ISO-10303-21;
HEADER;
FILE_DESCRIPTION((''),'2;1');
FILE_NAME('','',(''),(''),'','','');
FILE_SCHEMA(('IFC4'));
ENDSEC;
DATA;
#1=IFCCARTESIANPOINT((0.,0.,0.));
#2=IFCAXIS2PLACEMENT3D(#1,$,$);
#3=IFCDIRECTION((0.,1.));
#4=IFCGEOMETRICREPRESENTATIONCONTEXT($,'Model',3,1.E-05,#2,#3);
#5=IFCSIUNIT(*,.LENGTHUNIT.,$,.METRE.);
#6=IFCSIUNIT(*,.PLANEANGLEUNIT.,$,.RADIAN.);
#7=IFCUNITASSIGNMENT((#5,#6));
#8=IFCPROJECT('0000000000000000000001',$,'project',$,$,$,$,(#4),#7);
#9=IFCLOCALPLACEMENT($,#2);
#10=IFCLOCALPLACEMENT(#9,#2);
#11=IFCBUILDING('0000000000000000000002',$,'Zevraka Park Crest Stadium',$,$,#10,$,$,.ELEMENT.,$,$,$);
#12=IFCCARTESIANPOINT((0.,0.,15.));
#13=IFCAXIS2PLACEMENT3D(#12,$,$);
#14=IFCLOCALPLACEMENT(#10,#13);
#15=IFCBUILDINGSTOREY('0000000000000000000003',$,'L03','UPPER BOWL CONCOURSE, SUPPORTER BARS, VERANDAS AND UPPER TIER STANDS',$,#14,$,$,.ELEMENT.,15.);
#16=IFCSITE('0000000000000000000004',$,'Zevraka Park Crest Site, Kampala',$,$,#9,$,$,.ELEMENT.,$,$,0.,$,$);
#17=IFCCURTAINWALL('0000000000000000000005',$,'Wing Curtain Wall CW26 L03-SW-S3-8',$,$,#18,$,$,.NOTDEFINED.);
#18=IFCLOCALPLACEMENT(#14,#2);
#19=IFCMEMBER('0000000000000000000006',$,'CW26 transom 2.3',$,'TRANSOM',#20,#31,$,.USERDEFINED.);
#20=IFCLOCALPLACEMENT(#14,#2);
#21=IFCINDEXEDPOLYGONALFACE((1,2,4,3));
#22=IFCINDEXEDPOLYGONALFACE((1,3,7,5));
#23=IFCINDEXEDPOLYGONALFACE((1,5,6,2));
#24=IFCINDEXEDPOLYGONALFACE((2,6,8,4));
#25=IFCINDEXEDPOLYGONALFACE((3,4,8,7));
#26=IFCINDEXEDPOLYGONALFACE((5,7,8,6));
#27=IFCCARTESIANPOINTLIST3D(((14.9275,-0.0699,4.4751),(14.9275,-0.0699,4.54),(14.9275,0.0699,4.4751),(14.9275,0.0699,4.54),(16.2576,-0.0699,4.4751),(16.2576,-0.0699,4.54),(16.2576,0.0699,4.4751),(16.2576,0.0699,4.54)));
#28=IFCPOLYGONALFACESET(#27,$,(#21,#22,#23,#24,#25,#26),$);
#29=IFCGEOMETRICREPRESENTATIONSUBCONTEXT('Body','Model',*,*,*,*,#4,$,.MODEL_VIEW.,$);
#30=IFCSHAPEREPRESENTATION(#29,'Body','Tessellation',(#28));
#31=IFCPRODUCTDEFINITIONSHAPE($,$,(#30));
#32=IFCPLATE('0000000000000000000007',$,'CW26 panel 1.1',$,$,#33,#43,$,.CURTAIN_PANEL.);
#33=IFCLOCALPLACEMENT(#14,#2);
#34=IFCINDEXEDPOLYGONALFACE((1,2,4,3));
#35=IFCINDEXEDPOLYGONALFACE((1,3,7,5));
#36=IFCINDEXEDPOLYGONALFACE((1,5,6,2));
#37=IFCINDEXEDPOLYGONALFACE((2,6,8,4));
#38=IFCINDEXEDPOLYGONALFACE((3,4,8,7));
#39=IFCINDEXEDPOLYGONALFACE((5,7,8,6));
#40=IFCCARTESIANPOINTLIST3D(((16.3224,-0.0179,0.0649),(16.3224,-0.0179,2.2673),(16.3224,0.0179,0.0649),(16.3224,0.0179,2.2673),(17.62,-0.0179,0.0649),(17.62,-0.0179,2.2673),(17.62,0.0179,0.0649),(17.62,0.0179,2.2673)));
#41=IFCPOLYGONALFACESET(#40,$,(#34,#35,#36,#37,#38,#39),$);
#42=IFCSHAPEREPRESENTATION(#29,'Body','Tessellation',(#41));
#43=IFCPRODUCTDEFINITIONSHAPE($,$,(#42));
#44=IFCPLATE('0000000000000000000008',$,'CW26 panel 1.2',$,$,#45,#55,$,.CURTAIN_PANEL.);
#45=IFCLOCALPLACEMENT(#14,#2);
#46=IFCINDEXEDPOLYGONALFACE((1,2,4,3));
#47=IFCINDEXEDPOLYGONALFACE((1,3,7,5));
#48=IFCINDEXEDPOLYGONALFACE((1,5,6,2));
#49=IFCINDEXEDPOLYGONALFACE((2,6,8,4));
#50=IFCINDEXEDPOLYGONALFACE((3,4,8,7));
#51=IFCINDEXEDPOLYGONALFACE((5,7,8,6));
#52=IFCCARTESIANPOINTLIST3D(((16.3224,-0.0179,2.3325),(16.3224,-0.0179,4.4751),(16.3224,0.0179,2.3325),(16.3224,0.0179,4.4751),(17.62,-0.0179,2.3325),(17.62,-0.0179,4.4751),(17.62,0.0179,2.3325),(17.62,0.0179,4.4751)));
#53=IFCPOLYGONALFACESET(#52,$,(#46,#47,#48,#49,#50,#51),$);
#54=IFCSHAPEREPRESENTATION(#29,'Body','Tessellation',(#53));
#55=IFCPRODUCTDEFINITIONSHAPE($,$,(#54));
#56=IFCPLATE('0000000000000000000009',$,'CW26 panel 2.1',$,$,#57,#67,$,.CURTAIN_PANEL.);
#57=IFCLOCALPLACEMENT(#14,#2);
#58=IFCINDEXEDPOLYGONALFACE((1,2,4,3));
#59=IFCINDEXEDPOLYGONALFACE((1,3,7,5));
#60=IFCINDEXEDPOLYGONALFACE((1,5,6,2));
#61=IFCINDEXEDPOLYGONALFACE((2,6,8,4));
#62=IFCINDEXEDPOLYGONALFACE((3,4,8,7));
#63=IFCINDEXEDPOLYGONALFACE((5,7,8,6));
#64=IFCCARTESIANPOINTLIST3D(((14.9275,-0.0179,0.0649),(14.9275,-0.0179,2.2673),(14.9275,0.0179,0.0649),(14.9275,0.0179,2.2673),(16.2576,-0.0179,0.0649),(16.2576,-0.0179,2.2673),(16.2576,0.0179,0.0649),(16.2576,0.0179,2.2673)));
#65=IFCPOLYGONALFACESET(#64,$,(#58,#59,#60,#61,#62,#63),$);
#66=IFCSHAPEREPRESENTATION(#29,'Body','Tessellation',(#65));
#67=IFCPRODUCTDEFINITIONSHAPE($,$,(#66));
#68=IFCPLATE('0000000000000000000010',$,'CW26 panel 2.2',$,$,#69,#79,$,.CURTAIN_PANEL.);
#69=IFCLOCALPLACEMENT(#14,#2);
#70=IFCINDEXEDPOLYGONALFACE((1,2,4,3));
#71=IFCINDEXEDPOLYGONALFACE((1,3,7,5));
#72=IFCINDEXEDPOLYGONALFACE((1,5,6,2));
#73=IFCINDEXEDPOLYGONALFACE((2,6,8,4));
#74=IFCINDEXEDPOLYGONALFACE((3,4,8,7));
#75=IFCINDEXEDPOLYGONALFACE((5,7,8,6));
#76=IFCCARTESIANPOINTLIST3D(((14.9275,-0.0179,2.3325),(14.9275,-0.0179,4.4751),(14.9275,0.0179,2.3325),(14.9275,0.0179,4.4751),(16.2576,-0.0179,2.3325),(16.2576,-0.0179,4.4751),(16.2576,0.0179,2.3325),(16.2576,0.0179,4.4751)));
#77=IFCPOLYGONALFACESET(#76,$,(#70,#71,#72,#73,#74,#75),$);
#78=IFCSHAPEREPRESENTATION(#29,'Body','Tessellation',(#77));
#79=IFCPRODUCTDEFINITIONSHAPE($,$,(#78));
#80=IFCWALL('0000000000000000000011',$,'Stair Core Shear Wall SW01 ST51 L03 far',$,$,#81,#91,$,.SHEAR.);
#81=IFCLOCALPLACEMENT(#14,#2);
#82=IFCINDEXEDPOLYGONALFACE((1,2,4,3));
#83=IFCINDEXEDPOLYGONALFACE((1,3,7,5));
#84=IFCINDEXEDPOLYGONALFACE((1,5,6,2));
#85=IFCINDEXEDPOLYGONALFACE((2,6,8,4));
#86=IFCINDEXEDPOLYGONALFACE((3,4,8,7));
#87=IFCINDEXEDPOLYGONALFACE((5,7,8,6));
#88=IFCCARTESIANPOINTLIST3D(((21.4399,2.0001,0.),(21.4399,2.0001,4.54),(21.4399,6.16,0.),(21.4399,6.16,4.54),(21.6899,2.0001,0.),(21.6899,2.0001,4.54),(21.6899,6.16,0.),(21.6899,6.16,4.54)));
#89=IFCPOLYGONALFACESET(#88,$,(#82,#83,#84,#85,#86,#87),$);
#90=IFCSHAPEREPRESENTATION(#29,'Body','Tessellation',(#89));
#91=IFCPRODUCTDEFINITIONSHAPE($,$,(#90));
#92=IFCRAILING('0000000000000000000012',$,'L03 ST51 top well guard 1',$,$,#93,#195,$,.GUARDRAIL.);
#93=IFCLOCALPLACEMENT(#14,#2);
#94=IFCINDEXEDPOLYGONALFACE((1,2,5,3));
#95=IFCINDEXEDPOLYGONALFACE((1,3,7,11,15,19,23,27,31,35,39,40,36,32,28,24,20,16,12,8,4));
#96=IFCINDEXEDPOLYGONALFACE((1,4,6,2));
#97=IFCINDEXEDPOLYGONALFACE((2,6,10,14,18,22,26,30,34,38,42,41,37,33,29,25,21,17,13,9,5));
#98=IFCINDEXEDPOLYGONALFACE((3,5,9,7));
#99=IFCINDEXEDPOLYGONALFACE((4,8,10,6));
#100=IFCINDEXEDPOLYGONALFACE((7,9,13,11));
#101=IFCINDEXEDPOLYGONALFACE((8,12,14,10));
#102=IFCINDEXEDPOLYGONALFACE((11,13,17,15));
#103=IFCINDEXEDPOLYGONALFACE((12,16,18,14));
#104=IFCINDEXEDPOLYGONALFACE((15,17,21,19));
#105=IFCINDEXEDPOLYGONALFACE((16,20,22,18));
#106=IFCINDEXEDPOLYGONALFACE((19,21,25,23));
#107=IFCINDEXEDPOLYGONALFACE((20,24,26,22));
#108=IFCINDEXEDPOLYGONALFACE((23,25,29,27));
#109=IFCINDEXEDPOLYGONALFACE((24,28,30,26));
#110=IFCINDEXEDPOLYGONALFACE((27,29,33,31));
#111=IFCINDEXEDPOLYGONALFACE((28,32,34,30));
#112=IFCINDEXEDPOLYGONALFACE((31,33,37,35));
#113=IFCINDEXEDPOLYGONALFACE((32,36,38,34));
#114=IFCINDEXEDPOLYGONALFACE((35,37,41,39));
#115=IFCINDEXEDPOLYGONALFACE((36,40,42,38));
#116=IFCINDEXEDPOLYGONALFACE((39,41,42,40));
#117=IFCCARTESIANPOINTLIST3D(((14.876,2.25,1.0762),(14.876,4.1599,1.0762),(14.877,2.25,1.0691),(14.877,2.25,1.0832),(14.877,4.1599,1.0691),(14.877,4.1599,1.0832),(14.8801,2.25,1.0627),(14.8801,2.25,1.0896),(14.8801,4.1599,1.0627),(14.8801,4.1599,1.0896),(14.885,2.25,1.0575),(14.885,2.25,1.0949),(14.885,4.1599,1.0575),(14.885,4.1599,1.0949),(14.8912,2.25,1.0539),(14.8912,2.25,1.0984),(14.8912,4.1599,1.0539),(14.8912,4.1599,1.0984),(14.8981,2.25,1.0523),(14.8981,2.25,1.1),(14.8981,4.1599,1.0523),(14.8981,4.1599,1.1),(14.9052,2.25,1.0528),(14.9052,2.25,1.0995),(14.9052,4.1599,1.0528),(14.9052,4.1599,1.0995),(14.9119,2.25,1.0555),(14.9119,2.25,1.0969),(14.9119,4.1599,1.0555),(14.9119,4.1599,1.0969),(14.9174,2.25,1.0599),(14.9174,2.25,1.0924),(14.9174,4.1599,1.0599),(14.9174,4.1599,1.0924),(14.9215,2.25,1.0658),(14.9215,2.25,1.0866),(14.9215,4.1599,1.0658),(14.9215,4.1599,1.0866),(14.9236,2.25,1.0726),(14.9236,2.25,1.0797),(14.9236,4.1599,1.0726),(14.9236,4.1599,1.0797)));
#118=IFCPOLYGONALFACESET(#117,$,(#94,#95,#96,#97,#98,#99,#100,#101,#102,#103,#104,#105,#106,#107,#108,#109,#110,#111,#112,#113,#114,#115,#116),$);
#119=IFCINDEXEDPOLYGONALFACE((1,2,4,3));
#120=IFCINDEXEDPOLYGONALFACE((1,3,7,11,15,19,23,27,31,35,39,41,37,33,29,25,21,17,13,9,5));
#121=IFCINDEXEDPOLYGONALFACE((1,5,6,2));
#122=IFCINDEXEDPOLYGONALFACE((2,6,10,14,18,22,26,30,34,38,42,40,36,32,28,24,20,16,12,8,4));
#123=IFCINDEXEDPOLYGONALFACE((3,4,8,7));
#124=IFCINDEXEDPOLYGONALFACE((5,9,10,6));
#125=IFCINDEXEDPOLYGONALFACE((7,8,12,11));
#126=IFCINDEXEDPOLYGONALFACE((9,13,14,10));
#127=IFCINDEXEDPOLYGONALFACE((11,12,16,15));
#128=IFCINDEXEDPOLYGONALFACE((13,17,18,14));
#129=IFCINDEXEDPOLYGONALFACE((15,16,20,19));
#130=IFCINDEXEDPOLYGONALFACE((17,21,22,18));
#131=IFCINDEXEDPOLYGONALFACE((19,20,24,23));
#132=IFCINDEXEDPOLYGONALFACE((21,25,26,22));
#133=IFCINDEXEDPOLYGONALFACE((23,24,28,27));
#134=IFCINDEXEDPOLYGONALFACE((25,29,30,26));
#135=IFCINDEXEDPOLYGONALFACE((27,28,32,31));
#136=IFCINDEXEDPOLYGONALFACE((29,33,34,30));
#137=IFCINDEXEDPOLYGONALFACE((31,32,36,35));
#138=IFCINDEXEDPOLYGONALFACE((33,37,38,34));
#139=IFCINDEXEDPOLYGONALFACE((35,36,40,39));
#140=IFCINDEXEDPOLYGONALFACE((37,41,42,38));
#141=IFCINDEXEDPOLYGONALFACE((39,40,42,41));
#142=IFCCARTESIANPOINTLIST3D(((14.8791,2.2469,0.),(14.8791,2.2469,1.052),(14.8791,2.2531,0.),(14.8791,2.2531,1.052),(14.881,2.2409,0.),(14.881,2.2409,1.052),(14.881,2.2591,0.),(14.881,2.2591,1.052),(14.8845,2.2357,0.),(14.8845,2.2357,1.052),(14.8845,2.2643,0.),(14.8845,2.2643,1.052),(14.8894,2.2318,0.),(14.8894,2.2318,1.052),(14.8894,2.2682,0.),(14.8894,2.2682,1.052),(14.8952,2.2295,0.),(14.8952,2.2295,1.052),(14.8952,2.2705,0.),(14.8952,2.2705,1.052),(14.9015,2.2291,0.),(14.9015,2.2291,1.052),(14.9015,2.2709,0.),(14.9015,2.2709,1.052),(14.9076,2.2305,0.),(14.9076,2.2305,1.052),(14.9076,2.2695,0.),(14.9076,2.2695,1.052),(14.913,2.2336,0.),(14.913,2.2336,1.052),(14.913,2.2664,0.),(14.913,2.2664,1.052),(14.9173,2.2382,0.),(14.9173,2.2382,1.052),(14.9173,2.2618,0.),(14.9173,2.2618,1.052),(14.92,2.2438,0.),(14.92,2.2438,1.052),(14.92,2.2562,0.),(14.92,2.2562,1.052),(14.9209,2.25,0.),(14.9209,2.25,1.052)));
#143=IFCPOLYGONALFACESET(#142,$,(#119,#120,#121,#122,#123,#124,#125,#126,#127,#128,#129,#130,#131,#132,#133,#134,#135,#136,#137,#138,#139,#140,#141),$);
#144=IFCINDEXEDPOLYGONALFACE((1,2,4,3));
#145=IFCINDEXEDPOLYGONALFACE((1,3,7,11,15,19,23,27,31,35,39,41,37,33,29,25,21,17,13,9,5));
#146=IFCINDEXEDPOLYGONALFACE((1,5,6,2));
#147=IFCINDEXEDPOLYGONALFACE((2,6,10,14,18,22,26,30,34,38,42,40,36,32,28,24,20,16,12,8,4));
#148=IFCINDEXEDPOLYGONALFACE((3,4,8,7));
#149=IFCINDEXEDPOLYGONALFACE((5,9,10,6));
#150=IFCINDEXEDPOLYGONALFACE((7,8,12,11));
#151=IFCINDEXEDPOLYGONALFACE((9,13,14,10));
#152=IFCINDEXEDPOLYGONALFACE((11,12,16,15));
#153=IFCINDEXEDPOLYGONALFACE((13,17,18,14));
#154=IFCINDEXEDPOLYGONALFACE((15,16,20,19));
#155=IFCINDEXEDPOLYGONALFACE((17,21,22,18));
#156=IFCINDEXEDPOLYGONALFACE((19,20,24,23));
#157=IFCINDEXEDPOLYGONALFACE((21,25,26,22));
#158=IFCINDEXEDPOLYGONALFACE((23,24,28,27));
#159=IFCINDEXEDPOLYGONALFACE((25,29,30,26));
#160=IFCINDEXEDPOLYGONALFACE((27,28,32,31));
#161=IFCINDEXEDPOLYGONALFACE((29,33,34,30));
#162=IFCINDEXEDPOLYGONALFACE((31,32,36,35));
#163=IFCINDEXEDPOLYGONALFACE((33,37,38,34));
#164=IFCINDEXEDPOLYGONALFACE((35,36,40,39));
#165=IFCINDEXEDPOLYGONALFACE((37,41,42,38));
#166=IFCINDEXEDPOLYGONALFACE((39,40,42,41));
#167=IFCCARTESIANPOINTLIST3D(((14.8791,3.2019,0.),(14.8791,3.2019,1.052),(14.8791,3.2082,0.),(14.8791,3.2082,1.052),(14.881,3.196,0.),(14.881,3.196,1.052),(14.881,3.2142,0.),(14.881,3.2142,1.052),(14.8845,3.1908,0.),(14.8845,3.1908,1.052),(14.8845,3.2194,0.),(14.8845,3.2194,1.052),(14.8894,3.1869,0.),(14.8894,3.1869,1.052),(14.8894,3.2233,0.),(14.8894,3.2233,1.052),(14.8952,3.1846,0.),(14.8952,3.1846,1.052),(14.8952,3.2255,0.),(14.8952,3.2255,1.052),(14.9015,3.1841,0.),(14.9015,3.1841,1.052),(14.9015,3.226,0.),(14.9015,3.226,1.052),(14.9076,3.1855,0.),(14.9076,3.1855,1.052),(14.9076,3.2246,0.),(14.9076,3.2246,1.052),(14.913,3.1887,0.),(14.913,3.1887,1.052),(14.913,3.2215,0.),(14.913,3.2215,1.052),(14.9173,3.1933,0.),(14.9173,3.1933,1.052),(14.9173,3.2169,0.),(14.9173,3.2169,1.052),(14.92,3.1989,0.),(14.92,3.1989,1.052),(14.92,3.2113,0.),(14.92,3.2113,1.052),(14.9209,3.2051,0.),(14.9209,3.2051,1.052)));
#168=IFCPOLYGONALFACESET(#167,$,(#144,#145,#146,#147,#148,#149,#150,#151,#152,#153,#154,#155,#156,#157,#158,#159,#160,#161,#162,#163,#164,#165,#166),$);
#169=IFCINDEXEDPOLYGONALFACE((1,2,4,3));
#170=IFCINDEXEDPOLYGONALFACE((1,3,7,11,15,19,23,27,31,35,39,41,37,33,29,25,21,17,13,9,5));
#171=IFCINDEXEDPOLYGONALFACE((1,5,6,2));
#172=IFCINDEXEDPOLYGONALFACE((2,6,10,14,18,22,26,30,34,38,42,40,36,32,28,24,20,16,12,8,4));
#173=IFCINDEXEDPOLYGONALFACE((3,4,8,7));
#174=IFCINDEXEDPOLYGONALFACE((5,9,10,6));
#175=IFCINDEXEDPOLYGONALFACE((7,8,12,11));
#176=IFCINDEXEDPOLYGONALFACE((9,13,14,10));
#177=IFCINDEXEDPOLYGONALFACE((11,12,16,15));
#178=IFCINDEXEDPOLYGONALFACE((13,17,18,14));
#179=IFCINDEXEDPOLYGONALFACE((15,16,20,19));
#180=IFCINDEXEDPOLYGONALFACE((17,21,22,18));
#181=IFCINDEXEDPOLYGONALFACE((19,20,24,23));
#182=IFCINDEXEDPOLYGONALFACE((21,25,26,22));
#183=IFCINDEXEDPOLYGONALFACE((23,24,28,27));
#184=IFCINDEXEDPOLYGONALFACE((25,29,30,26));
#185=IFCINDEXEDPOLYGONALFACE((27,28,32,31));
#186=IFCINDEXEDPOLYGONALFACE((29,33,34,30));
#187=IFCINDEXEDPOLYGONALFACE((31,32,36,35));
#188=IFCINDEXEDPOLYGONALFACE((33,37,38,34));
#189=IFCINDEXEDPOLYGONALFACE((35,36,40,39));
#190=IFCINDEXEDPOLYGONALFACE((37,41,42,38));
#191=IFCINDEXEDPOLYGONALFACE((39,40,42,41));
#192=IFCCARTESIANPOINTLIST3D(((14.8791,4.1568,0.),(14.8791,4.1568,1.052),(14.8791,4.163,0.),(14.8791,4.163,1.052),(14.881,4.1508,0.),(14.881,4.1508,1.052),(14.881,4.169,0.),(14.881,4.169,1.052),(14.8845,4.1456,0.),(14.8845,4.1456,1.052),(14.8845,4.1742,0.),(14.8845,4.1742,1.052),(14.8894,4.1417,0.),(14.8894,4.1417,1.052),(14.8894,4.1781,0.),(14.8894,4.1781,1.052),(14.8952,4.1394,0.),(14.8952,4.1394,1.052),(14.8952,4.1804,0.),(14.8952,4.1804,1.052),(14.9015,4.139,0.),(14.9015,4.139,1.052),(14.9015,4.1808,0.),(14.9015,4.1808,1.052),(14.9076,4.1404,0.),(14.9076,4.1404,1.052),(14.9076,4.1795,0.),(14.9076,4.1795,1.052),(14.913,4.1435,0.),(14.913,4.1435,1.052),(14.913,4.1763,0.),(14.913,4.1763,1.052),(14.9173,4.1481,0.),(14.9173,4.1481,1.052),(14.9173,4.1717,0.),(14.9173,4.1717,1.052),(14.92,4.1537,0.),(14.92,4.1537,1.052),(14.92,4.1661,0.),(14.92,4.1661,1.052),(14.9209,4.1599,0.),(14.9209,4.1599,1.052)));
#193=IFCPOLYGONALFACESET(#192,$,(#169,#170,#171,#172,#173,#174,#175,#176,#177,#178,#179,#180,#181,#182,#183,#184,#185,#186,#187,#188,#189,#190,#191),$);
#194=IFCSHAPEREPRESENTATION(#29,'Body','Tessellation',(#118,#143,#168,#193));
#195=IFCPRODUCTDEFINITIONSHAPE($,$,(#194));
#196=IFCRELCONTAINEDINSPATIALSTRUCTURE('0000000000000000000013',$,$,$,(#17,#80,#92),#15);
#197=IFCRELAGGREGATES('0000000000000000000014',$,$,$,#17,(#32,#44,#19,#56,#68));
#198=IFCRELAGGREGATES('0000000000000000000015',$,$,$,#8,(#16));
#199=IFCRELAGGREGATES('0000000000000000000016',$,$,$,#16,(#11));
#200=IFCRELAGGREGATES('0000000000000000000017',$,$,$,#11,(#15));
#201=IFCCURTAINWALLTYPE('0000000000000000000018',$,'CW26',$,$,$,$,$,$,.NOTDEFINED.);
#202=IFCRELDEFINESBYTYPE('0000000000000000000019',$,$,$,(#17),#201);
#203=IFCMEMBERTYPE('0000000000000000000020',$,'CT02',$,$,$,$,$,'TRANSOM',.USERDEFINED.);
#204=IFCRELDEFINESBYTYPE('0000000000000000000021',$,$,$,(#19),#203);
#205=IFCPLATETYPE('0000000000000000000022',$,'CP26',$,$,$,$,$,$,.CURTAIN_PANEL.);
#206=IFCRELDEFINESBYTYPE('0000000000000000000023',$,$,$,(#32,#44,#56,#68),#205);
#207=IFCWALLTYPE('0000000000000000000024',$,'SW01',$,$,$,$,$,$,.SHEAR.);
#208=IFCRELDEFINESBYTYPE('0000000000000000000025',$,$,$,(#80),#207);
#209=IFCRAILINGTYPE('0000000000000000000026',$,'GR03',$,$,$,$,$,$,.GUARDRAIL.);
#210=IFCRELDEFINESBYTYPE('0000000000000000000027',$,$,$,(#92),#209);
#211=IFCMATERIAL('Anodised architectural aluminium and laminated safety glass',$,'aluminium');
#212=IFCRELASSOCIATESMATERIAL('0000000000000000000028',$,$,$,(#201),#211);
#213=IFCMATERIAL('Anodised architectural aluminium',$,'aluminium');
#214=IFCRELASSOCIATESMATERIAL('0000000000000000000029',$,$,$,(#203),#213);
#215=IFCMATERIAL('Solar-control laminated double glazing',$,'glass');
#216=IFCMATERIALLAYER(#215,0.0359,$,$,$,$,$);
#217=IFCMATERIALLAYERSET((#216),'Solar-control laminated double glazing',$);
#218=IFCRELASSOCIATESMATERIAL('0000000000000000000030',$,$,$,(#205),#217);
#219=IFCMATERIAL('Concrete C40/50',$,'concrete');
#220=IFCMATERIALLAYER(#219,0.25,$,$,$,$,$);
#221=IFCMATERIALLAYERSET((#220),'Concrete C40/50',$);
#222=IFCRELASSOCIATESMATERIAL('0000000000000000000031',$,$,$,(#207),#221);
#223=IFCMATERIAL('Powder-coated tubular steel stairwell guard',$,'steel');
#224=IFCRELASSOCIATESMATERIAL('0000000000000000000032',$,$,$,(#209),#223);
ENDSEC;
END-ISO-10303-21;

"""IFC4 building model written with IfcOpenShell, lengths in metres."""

from ifc_helpers import new_model, si_unit, direction, frame, frame_2d, origin, origin_2d, place, context, subcontext, project, spatial, rectangle, circle, extrude, material, layer, layer_set, material_profile, profile_set, type_object, element, aggregate, save


model = new_model("IFC4")

# Units and contexts
model_context = context("Model", 3, precision=1e-05, world=origin(), true_north=direction((0.0, 1.0)))
body_context = subcontext(model_context, "Body", "Model", "MODEL_VIEW")
ifc_project = project(units=[si_unit("LENGTHUNIT", "METRE"), si_unit("PLANEANGLEUNIT", "RADIAN")], contexts=[model_context])

# Site, building, storey
site_placement = place(None, origin())
site = spatial("IfcSite", under=ifc_project, at=site_placement, Name="Zevraka Park Crest Site, Kampala", CompositionType="ELEMENT", RefElevation=0.0)
building_placement = place(site_placement, origin())
building = spatial("IfcBuilding", under=site, at=building_placement, Name="Zevraka Park Crest Stadium", CompositionType="ELEMENT")
storey_placement = place(building_placement, frame((0.0, 0.0, 15.0)))
storey = spatial("IfcBuildingStorey", under=building, at=storey_placement, Name="L03", Description="UPPER BOWL CONCOURSE, SUPPORTER BARS, VERANDAS AND UPPER TIER STANDS", CompositionType="ELEMENT", Elevation=15.0)

# Curtain wall, member, plates
ifc_material_1 = material(Name="Anodised architectural aluminium and laminated safety glass", Category="aluminium")
curtain_wall_type = type_object("IfcCurtainWallType", Name="CW26", PredefinedType="NOTDEFINED", material=ifc_material_1)
curtain_wall_placement = place(storey_placement, origin())
curtain_wall = element("IfcCurtainWall", 1, at=curtain_wall_placement, inside=storey, type_object=curtain_wall_type, Name="Wing Curtain Wall CW26 L03-SW-S3-8", PredefinedType="NOTDEFINED")
ifc_material_2 = material(Name="Anodised architectural aluminium", Category="aluminium")
ifc_material_profile_1 = material_profile(ifc_material_2, rectangle(XDim=0.1399, YDim=0.0649, at=origin_2d()), Name="ALU TRANSOM 140x65")
ifc_profile_set_1 = profile_set([ifc_material_profile_1], Name="Anodised architectural aluminium")
member_type_1 = type_object("IfcMemberType", Name="CT02", ElementType="TRANSOM", PredefinedType="USERDEFINED", material=ifc_profile_set_1)
member_1_placement = place(storey_placement, frame((16.2576, 0.0, 4.5076), z_axis=(-1.0, 0.0, 0.0), x_axis=(0.0, -1.0, 0.0)))
member_1 = element("IfcMember", 2, at=member_1_placement, type_object=member_type_1, Name="CW26 transom 2.3", ObjectType="TRANSOM", PredefinedType="USERDEFINED", context=body_context, shape_type="SweptSolid", body=[
    extrude(rectangle(XDim=0.1399, YDim=0.0649, at=origin_2d()), origin(), (0.0, 0.0, 1.0), 1.3301),
])
ifc_material_3 = material(Name="Solar-control laminated double glazing", Category="glass")
ifc_layer_1 = layer(ifc_material_3, 0.0359)
ifc_layer_set_1 = layer_set([ifc_layer_1], Name="Solar-control laminated double glazing")
plate_type = type_object("IfcPlateType", Name="CP26", PredefinedType="CURTAIN_PANEL", material=ifc_layer_set_1)
plate_1_placement = place(storey_placement, frame((16.9712, 0.0, 0.0649), z_axis=(0.0, 0.0, 1.0), x_axis=(-1.0, 0.0, 0.0)))
plate_1 = element("IfcPlate", 3, at=plate_1_placement, type_object=plate_type, Name="CW26 panel 1.1", PredefinedType="CURTAIN_PANEL", context=body_context, shape_type="SweptSolid", body=[
    extrude(rectangle(XDim=1.2976, YDim=0.0359, at=origin_2d()), origin(), (0.0, 0.0, 1.0), 2.2024),
])
plate_2_placement = place(storey_placement, frame((16.9712, 0.0, 2.3325), z_axis=(0.0, 0.0, 1.0), x_axis=(-1.0, 0.0, 0.0)))
plate_2 = element("IfcPlate", 4, at=plate_2_placement, type_object=plate_type, Name="CW26 panel 1.2", PredefinedType="CURTAIN_PANEL", context=body_context, shape_type="SweptSolid", body=[
    extrude(rectangle(XDim=1.2976, YDim=0.0359, at=origin_2d()), origin(), (0.0, 0.0, 1.0), 2.1426),
])
plate_3_placement = place(storey_placement, frame((15.5925, 0.0, 0.0649), z_axis=(0.0, 0.0, 1.0), x_axis=(-1.0, 0.0, 0.0)))
plate_3 = element("IfcPlate", 5, at=plate_3_placement, type_object=plate_type, Name="CW26 panel 2.1", PredefinedType="CURTAIN_PANEL", context=body_context, shape_type="SweptSolid", body=[
    extrude(rectangle(XDim=1.3301, YDim=0.0359, at=origin_2d()), origin(), (0.0, 0.0, 1.0), 2.2024),
])
plate_4_placement = place(storey_placement, frame((15.5925, 0.0, 2.3325), z_axis=(0.0, 0.0, 1.0), x_axis=(-1.0, 0.0, 0.0)))
plate_4 = element("IfcPlate", 6, at=plate_4_placement, type_object=plate_type, Name="CW26 panel 2.2", PredefinedType="CURTAIN_PANEL", context=body_context, shape_type="SweptSolid", body=[
    extrude(rectangle(XDim=1.3301, YDim=0.0359, at=origin_2d()), origin(), (0.0, 0.0, 1.0), 2.1426),
])
aggregate(curtain_wall, [plate_1, plate_2, member_1, plate_3, plate_4])

# Wall
ifc_material_4 = material(Name="Concrete C40/50", Category="concrete")
ifc_layer_2 = layer(ifc_material_4, 0.25)
ifc_layer_set_2 = layer_set([ifc_layer_2], Name="Concrete C40/50")
wall_type = type_object("IfcWallType", Name="SW01", PredefinedType="SHEAR", material=ifc_layer_set_2)
wall_placement = place(storey_placement, frame((21.5649, 2.0, 0.0), z_axis=(0.0, 0.0, 1.0), x_axis=(0.0, 1.0, 0.0)))
element("IfcWall", 7, at=wall_placement, inside=storey, type_object=wall_type, Name="Stair Core Shear Wall SW01 ST51 L03 far", PredefinedType="SHEAR", context=body_context, shape_type="SweptSolid", body=[
    extrude(rectangle(XDim=4.1599, YDim=0.25, at=frame_2d((2.0801, 0.0))), origin(), (0.0, 0.0, 1.0), 4.54),
])

# Railing
ifc_material_5 = material(Name="Powder-coated tubular steel stairwell guard", Category="steel")
railing_type_1 = type_object("IfcRailingType", Name="GR03", PredefinedType="GUARDRAIL", material=ifc_material_5)
railing_1_placement = place(storey_placement, frame((14.8999, 2.25, 0.0)))
element("IfcRailing", 8, at=railing_1_placement, inside=storey, type_object=railing_type_1, Name="L03 ST51 top well guard 1", PredefinedType="GUARDRAIL", context=body_context, shape_type="SweptSolid", body=[
    extrude(circle(Radius=0.0239, at=origin_2d()), frame((0.0, 0.0, 1.0762), z_axis=(0.0, 1.0, 0.0), x_axis=(-1.0, 0.0, 0.0)), (0.0, 0.0, 1.0), 1.9099),
    extrude(circle(Radius=0.021, at=origin_2d()), origin(), (0.0, 0.0, 1.0), 1.052),
    extrude(circle(Radius=0.021, at=origin_2d()), frame((0.0, 0.9551, 0.0)), (0.0, 0.0, 1.0), 1.052),
    extrude(circle(Radius=0.021, at=origin_2d()), frame((0.0, 1.9099, 0.0)), (0.0, 0.0, 1.0), 1.052),
])

save(model, "model.ifc")
